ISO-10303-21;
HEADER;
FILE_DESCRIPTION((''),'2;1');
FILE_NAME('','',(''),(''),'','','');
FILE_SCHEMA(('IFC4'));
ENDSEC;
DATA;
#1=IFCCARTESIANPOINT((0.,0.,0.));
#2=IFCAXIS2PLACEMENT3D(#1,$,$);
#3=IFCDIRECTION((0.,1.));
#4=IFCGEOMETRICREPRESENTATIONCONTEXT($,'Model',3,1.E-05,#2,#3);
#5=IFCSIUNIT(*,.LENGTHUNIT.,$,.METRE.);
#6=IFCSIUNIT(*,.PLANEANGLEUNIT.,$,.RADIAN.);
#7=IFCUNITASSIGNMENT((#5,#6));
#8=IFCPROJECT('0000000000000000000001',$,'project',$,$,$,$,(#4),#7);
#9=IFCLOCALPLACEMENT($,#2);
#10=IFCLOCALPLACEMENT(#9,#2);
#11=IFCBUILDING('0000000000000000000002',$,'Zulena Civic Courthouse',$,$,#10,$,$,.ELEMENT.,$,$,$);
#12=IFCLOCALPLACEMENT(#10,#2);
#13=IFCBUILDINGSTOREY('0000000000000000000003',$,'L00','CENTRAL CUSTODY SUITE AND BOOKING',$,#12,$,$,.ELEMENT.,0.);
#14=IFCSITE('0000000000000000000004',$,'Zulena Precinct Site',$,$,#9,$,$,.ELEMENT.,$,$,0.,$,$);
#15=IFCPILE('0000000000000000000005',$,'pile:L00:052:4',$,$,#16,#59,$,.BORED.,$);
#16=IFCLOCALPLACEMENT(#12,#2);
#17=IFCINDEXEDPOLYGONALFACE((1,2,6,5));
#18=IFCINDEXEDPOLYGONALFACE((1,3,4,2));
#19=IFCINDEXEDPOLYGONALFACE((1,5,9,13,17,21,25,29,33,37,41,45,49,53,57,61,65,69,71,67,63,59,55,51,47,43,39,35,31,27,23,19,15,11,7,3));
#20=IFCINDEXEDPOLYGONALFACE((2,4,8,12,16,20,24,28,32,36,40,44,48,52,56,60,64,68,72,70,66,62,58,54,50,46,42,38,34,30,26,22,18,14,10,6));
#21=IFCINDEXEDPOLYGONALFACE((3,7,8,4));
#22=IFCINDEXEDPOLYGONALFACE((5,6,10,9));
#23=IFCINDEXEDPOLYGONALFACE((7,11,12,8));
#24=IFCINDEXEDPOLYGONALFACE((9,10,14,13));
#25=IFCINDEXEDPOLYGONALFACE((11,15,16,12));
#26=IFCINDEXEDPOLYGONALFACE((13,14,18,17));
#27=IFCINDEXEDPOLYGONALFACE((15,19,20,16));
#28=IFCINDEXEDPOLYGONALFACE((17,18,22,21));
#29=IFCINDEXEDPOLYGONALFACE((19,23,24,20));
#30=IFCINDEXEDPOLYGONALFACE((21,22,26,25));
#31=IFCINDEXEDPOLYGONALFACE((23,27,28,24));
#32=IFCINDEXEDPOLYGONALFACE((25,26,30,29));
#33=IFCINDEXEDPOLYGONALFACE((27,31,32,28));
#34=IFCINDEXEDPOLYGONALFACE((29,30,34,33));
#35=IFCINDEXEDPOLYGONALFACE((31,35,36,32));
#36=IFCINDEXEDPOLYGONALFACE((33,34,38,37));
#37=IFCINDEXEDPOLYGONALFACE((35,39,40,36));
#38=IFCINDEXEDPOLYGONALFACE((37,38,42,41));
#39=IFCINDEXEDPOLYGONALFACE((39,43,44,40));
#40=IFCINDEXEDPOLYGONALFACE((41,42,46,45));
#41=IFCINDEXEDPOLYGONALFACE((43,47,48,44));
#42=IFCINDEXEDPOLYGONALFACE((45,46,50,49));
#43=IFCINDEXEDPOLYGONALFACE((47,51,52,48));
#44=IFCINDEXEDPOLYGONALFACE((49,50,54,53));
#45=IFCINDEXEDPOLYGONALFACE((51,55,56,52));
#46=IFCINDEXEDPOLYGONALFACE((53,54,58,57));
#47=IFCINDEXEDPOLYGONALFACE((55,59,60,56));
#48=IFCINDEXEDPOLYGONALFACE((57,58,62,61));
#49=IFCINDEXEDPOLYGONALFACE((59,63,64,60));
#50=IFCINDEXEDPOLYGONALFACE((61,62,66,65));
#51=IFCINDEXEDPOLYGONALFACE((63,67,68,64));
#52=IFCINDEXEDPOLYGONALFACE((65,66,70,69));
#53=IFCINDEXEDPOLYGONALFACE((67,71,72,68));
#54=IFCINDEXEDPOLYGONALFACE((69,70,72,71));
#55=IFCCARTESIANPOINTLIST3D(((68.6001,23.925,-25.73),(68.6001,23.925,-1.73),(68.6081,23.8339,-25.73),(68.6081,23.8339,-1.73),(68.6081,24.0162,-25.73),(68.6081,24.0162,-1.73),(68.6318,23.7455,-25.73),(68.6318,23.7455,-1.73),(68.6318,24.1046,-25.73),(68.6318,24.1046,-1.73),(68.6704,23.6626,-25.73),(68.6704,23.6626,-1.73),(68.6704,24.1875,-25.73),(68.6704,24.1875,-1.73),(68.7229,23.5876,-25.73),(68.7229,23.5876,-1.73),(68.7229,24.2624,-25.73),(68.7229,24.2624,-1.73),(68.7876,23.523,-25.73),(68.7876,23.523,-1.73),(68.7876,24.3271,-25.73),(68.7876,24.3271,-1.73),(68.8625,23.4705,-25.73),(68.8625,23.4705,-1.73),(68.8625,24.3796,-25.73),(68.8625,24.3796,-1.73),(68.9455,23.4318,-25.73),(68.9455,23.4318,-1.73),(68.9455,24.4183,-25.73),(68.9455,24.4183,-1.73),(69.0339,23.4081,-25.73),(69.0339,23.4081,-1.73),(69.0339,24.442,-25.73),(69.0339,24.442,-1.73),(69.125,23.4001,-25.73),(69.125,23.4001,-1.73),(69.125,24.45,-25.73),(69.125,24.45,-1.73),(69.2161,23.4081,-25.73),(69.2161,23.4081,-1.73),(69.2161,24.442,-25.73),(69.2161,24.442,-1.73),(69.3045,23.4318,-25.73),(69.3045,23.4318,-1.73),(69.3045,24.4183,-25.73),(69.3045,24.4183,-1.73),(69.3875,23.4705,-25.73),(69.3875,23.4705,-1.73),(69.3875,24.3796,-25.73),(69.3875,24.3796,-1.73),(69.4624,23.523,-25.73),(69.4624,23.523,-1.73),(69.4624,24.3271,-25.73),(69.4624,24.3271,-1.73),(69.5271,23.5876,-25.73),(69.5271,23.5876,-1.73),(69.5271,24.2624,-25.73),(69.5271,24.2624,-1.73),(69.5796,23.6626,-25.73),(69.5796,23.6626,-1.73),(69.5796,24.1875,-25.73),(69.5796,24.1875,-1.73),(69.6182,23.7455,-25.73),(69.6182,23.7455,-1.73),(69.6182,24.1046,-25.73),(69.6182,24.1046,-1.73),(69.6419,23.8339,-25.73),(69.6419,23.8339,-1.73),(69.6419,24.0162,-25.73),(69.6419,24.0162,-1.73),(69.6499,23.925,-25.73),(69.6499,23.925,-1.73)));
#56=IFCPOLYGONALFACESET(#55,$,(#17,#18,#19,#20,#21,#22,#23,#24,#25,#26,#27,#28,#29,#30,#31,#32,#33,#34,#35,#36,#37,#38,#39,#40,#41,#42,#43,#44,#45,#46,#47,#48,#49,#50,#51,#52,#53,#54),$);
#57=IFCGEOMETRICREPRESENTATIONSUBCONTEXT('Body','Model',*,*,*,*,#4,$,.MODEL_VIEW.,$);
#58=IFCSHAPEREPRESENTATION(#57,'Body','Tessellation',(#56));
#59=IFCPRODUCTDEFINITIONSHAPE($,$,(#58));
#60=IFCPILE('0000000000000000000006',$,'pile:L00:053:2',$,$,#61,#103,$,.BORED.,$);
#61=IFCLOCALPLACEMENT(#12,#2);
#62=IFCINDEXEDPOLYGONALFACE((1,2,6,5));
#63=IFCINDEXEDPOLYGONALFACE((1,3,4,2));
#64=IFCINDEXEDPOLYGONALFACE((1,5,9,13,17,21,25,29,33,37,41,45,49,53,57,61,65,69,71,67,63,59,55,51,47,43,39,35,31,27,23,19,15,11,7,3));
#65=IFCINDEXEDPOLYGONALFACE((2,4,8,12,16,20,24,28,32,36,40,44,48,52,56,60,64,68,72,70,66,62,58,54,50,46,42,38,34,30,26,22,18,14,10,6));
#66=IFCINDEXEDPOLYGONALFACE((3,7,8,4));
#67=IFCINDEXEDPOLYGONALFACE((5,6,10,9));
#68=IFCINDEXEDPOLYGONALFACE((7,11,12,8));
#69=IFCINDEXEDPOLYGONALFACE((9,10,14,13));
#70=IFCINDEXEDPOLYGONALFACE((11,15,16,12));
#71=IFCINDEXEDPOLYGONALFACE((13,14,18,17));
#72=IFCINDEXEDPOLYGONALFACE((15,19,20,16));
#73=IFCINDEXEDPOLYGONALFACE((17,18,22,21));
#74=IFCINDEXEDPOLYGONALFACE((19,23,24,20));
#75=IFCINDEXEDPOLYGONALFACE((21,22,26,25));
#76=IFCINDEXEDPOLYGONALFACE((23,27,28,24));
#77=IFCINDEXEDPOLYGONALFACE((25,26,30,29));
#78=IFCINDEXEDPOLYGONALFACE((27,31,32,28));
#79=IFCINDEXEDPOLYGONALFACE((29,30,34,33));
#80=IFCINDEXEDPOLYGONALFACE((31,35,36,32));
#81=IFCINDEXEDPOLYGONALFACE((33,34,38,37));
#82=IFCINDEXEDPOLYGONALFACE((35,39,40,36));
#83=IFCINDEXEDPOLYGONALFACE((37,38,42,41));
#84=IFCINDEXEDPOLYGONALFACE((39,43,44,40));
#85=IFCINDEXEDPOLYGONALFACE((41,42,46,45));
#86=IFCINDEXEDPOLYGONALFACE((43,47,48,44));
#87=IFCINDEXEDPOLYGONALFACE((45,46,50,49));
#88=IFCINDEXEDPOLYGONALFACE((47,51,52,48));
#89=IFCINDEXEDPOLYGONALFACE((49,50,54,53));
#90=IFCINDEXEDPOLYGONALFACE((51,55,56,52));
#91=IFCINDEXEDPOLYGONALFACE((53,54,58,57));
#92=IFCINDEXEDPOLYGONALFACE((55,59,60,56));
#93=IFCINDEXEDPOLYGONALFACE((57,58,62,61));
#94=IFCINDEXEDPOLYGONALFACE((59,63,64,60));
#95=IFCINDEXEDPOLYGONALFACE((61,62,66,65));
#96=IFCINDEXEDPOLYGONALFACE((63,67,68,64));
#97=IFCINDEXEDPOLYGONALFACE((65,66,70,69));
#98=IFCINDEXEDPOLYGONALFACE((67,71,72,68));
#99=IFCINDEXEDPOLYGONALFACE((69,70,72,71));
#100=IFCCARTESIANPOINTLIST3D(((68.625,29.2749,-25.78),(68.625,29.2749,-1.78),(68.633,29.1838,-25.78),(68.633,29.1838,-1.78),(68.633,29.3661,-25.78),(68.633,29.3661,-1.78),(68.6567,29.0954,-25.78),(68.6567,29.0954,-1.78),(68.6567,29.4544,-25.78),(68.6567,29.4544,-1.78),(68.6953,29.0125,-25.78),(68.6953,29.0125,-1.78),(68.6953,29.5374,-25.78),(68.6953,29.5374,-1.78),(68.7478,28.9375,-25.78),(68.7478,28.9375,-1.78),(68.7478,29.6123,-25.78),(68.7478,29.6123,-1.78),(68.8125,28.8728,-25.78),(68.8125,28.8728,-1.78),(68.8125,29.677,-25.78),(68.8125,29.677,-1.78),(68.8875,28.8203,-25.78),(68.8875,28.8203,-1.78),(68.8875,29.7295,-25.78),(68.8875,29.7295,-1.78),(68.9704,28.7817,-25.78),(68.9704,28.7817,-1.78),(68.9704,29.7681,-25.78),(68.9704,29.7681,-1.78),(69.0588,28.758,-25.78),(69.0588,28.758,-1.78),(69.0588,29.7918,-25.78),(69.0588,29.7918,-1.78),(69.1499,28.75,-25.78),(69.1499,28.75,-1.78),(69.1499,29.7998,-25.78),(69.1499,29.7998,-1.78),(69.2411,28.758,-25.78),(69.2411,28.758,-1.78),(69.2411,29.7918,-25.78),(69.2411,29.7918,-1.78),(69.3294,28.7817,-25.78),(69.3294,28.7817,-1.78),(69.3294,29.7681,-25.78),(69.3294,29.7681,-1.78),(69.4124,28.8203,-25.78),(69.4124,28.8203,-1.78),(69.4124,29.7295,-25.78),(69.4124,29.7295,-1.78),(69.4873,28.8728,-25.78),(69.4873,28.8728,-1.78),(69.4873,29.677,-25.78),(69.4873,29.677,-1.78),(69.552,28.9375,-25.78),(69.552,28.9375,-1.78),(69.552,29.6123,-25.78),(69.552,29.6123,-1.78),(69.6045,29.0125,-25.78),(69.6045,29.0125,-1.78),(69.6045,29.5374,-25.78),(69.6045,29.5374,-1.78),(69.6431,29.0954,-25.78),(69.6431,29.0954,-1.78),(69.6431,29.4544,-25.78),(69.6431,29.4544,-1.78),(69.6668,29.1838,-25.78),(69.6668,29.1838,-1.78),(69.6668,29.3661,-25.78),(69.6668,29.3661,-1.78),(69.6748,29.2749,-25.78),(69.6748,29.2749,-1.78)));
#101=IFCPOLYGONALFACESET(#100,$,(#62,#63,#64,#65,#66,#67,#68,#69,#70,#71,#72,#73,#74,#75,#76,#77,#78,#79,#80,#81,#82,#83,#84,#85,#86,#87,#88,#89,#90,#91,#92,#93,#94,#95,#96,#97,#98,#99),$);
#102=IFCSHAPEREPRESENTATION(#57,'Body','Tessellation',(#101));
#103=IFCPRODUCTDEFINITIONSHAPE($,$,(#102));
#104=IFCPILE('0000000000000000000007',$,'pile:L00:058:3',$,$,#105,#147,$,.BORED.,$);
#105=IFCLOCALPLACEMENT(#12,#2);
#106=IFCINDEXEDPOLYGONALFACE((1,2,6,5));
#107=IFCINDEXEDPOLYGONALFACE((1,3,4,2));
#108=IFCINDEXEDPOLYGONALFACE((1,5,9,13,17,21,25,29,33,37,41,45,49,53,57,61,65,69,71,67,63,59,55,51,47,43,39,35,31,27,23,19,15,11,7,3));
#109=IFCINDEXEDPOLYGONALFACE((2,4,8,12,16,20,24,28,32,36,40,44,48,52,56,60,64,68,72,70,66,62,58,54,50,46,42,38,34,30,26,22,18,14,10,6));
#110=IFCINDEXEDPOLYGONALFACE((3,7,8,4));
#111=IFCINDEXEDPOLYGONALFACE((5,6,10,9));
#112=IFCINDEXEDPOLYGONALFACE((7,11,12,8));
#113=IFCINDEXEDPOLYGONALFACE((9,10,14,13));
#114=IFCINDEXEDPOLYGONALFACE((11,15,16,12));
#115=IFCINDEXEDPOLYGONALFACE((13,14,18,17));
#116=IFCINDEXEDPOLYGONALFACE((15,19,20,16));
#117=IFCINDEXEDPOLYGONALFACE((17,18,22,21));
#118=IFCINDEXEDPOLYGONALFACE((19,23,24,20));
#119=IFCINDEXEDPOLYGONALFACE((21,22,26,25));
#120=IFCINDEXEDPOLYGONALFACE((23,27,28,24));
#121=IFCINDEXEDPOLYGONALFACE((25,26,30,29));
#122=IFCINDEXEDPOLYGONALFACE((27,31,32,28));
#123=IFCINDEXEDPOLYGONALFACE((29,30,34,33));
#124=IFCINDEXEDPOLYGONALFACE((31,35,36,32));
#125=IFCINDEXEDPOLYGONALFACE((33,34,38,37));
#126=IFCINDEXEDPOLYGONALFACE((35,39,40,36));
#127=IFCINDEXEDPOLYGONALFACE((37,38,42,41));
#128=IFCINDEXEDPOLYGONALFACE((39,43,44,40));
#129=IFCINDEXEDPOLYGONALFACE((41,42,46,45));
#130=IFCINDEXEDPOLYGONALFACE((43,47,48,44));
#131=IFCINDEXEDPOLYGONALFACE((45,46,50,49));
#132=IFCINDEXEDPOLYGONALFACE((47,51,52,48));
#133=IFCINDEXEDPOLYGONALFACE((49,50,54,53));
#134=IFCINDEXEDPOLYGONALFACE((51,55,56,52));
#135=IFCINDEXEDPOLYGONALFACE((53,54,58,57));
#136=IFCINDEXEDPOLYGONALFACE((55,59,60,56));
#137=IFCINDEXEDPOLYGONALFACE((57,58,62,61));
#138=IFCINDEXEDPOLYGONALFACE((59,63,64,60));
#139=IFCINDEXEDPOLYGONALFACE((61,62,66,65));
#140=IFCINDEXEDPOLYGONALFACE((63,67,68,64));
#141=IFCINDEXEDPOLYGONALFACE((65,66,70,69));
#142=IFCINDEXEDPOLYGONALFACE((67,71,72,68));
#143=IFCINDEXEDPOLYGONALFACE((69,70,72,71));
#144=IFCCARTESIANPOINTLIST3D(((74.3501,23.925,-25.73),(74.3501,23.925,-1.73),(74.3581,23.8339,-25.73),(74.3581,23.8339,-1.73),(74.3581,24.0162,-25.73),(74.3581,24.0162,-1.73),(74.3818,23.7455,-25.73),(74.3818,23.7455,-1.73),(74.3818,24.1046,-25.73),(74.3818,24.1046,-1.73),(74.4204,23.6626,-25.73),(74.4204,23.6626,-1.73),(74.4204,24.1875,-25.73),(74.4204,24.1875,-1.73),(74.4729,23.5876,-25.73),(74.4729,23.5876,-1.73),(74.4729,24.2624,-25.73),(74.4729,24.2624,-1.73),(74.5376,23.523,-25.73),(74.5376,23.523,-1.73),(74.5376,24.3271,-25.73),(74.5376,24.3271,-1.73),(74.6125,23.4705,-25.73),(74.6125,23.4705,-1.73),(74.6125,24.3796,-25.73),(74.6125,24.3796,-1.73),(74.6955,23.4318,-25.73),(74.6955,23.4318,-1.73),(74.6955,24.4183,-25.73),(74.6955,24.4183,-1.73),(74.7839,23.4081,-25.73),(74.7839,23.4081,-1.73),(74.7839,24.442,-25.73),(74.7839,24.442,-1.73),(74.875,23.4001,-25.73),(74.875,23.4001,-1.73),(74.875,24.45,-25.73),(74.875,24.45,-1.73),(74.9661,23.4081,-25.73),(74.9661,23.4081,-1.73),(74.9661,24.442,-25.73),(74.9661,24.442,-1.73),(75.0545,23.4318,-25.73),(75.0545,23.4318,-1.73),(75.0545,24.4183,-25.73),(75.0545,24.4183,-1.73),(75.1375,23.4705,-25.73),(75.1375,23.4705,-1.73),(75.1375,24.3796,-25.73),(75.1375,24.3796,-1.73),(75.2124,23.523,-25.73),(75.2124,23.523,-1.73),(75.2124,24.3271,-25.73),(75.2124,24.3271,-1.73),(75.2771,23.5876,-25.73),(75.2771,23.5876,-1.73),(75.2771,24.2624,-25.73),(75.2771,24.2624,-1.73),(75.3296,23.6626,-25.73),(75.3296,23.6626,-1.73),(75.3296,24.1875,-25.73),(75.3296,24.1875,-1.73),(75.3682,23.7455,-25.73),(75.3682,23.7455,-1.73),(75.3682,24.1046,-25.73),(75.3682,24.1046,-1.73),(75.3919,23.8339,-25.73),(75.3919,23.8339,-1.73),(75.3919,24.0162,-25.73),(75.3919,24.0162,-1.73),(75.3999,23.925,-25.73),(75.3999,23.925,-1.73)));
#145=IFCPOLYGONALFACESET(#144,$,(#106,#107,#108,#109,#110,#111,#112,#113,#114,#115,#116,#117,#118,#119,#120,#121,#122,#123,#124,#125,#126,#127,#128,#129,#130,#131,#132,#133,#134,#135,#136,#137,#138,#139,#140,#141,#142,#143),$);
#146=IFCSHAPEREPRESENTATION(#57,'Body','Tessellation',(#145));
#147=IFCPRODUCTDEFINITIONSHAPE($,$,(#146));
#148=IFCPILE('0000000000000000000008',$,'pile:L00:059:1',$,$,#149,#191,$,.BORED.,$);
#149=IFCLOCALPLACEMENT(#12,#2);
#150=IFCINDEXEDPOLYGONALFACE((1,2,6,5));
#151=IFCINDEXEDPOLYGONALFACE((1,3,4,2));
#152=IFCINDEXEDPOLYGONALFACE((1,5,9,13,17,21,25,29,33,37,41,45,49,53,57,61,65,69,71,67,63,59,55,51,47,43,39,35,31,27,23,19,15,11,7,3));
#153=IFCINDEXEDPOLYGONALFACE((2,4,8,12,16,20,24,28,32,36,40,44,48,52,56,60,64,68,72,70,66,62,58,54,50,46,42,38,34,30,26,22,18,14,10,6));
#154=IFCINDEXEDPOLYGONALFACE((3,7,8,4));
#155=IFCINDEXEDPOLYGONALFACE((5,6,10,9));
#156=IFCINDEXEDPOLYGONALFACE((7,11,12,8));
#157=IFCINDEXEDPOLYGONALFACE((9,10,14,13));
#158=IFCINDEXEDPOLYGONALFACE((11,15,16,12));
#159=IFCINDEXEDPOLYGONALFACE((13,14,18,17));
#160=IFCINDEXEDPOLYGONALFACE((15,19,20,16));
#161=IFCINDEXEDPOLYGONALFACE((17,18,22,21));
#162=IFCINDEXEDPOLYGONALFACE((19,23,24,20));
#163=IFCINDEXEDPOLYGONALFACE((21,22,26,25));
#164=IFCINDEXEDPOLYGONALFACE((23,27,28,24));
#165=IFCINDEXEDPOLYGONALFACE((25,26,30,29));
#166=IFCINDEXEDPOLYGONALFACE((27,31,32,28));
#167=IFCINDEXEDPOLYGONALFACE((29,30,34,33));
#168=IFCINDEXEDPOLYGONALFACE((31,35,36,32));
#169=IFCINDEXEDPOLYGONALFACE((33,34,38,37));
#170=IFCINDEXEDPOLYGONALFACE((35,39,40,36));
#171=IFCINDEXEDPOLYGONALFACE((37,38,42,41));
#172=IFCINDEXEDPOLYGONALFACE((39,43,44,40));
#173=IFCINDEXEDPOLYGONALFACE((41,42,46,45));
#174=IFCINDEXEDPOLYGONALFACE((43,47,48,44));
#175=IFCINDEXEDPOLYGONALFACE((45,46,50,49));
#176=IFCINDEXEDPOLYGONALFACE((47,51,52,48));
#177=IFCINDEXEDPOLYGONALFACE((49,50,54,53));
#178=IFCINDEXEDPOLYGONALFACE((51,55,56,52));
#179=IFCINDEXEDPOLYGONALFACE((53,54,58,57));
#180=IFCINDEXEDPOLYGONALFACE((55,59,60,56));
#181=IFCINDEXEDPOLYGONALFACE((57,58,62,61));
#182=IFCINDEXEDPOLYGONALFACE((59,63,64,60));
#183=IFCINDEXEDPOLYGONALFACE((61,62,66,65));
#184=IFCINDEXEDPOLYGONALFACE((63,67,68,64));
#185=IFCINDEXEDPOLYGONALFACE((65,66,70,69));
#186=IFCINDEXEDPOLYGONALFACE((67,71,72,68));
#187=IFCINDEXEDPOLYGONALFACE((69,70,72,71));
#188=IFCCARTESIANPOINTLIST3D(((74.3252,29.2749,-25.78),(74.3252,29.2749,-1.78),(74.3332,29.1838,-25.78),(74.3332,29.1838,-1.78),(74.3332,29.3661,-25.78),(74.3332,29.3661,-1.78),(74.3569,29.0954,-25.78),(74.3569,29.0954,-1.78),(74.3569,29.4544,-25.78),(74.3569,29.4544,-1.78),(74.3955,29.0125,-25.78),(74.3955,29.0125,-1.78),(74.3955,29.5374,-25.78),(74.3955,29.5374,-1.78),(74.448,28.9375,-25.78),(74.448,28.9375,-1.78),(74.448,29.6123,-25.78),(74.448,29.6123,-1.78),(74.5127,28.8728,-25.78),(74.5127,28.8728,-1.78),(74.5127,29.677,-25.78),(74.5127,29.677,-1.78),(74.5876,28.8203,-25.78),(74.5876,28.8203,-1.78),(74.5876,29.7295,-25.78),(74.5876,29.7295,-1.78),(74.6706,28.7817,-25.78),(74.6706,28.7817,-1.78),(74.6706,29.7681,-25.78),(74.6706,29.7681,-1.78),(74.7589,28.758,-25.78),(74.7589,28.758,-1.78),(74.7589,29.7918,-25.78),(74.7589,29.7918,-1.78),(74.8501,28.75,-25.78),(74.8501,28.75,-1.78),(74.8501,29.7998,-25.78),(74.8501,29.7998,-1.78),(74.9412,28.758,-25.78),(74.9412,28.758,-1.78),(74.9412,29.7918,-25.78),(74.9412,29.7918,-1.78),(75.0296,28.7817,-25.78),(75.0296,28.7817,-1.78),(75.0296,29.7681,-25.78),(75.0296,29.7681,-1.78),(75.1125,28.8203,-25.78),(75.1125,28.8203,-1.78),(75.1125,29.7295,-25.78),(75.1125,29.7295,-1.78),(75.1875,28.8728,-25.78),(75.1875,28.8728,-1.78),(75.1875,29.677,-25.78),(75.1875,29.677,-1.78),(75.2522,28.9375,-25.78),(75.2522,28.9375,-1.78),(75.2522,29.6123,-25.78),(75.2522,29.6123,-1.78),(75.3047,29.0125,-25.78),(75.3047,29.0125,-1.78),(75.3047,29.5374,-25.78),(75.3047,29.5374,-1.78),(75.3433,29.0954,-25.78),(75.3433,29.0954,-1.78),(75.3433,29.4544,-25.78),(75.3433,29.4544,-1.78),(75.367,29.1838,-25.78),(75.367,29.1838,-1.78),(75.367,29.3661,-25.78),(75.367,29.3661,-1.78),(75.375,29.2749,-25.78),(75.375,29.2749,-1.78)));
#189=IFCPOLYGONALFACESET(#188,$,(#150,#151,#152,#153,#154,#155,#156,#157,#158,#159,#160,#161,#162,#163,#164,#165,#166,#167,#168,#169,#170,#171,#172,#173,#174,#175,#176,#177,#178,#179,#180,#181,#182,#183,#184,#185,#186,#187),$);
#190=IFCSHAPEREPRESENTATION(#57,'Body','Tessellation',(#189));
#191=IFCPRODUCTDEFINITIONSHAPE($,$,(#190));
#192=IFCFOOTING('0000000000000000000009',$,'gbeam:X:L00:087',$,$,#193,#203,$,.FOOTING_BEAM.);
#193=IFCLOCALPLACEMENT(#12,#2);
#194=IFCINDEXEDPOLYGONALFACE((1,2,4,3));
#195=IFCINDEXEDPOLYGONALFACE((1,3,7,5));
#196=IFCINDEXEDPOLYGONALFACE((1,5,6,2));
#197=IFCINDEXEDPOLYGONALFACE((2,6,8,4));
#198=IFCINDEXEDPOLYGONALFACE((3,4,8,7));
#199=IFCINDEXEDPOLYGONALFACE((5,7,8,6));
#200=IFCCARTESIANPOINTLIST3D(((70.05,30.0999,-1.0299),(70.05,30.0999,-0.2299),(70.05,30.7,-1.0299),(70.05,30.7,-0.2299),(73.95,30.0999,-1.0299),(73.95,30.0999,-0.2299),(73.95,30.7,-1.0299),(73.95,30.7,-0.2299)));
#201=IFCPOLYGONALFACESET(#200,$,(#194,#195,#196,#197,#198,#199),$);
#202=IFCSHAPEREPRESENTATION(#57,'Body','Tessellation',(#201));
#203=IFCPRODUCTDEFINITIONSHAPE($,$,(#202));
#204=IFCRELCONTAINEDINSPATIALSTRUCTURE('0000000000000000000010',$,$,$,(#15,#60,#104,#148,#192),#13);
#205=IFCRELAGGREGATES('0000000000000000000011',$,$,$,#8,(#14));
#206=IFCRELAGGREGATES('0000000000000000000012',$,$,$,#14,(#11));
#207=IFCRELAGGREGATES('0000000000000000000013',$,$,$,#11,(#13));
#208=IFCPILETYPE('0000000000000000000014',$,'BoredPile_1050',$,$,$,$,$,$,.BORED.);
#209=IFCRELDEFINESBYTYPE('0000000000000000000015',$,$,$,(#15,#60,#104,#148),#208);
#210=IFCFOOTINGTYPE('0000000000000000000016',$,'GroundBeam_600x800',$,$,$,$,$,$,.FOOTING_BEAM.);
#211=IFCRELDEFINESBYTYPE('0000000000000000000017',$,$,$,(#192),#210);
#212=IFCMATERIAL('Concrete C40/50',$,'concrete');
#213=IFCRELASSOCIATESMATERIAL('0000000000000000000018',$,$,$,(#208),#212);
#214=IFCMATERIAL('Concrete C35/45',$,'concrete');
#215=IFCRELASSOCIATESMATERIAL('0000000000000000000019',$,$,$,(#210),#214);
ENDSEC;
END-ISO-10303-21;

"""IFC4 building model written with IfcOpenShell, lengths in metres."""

from ifc_helpers import new_model, si_unit, direction, frame, origin, origin_2d, place, context, subcontext, project, spatial, rectangle, circle, extrude, material, material_profile, profile_set, type_object, element, save


model = new_model("IFC4")

# Units and contexts
model_context = context("Model", 3, precision=1e-05, world=origin(), true_north=direction((0.0, 1.0)))
body_context = subcontext(model_context, "Body", "Model", "MODEL_VIEW")
ifc_project = project(units=[si_unit("LENGTHUNIT", "METRE"), si_unit("PLANEANGLEUNIT", "RADIAN")], contexts=[model_context])

# Site, building, storey
site_placement = place(None, origin())
site = spatial("IfcSite", under=ifc_project, at=site_placement, Name="Zulena Precinct Site", CompositionType="ELEMENT", RefElevation=0.0)
building_placement = place(site_placement, origin())
building = spatial("IfcBuilding", under=site, at=building_placement, Name="Zulena Civic Courthouse", CompositionType="ELEMENT")
storey_placement = place(building_placement, origin())
storey = spatial("IfcBuildingStorey", under=building, at=storey_placement, Name="L00", Description="CENTRAL CUSTODY SUITE AND BOOKING", CompositionType="ELEMENT", Elevation=0.0)

# Piles
ifc_material_1 = material(Name="Concrete C40/50", Category="concrete")
ifc_material_profile_1 = material_profile(ifc_material_1, circle(Radius=0.5249, at=origin_2d()), Name="PILE1050")
ifc_profile_set_1 = profile_set([ifc_material_profile_1], Name="Concrete C40/50")
pile_type = type_object("IfcPileType", Name="BoredPile_1050", PredefinedType="BORED", material=ifc_profile_set_1)
for number, where, z_axis, x_axis, name in (
    (1, (69.125, 23.925, -1.73), (0.0, 0.0, -1.0), (1.0, 0.0, 0.0), "pile:L00:052:4"),
    (2, (69.1499, 29.2749, -1.78), (0.0, 0.0, -1.0), (1.0, 0.0, 0.0), "pile:L00:053:2"),
    (3, (74.875, 23.925, -1.73), (0.0, 0.0, -1.0), (1.0, 0.0, 0.0), "pile:L00:058:3"),
    (4, (74.8501, 29.2749, -1.78), (0.0, 0.0, -1.0), (1.0, 0.0, 0.0), "pile:L00:059:1"),
):
    element("IfcPile", number, at=place(storey_placement, frame(where, z_axis=z_axis, x_axis=x_axis)), inside=storey, type_object=pile_type, Name=name, PredefinedType="BORED", context=body_context, shape_type="SweptSolid", body=[
        extrude(circle(Radius=0.5249, at=origin_2d()), origin(), (0.0, 0.0, 1.0), 24.0),
    ])

# Footing
ifc_material_2 = material(Name="Concrete C35/45", Category="concrete")
ifc_material_profile_2 = material_profile(ifc_material_2, rectangle(XDim=0.6001, YDim=0.8, at=origin_2d()), Name="RC600X800")
ifc_profile_set_2 = profile_set([ifc_material_profile_2], Name="Concrete C35/45")
footing_type_1 = type_object("IfcFootingType", Name="GroundBeam_600x800", PredefinedType="FOOTING_BEAM", material=ifc_profile_set_2)
footing_placement = place(storey_placement, frame((70.05, 30.3999, -0.6299), z_axis=(1.0, 0.0, 0.0), x_axis=(0.0, 1.0, 0.0)))
element("IfcFooting", 5, at=footing_placement, inside=storey, type_object=footing_type_1, Name="gbeam:X:L00:087", PredefinedType="FOOTING_BEAM", context=body_context, shape_type="SweptSolid", body=[
    extrude(rectangle(XDim=0.6001, YDim=0.8, at=origin_2d()), origin(), (0.0, 0.0, 1.0), 3.8999),
])

save(model, "model.ifc")
